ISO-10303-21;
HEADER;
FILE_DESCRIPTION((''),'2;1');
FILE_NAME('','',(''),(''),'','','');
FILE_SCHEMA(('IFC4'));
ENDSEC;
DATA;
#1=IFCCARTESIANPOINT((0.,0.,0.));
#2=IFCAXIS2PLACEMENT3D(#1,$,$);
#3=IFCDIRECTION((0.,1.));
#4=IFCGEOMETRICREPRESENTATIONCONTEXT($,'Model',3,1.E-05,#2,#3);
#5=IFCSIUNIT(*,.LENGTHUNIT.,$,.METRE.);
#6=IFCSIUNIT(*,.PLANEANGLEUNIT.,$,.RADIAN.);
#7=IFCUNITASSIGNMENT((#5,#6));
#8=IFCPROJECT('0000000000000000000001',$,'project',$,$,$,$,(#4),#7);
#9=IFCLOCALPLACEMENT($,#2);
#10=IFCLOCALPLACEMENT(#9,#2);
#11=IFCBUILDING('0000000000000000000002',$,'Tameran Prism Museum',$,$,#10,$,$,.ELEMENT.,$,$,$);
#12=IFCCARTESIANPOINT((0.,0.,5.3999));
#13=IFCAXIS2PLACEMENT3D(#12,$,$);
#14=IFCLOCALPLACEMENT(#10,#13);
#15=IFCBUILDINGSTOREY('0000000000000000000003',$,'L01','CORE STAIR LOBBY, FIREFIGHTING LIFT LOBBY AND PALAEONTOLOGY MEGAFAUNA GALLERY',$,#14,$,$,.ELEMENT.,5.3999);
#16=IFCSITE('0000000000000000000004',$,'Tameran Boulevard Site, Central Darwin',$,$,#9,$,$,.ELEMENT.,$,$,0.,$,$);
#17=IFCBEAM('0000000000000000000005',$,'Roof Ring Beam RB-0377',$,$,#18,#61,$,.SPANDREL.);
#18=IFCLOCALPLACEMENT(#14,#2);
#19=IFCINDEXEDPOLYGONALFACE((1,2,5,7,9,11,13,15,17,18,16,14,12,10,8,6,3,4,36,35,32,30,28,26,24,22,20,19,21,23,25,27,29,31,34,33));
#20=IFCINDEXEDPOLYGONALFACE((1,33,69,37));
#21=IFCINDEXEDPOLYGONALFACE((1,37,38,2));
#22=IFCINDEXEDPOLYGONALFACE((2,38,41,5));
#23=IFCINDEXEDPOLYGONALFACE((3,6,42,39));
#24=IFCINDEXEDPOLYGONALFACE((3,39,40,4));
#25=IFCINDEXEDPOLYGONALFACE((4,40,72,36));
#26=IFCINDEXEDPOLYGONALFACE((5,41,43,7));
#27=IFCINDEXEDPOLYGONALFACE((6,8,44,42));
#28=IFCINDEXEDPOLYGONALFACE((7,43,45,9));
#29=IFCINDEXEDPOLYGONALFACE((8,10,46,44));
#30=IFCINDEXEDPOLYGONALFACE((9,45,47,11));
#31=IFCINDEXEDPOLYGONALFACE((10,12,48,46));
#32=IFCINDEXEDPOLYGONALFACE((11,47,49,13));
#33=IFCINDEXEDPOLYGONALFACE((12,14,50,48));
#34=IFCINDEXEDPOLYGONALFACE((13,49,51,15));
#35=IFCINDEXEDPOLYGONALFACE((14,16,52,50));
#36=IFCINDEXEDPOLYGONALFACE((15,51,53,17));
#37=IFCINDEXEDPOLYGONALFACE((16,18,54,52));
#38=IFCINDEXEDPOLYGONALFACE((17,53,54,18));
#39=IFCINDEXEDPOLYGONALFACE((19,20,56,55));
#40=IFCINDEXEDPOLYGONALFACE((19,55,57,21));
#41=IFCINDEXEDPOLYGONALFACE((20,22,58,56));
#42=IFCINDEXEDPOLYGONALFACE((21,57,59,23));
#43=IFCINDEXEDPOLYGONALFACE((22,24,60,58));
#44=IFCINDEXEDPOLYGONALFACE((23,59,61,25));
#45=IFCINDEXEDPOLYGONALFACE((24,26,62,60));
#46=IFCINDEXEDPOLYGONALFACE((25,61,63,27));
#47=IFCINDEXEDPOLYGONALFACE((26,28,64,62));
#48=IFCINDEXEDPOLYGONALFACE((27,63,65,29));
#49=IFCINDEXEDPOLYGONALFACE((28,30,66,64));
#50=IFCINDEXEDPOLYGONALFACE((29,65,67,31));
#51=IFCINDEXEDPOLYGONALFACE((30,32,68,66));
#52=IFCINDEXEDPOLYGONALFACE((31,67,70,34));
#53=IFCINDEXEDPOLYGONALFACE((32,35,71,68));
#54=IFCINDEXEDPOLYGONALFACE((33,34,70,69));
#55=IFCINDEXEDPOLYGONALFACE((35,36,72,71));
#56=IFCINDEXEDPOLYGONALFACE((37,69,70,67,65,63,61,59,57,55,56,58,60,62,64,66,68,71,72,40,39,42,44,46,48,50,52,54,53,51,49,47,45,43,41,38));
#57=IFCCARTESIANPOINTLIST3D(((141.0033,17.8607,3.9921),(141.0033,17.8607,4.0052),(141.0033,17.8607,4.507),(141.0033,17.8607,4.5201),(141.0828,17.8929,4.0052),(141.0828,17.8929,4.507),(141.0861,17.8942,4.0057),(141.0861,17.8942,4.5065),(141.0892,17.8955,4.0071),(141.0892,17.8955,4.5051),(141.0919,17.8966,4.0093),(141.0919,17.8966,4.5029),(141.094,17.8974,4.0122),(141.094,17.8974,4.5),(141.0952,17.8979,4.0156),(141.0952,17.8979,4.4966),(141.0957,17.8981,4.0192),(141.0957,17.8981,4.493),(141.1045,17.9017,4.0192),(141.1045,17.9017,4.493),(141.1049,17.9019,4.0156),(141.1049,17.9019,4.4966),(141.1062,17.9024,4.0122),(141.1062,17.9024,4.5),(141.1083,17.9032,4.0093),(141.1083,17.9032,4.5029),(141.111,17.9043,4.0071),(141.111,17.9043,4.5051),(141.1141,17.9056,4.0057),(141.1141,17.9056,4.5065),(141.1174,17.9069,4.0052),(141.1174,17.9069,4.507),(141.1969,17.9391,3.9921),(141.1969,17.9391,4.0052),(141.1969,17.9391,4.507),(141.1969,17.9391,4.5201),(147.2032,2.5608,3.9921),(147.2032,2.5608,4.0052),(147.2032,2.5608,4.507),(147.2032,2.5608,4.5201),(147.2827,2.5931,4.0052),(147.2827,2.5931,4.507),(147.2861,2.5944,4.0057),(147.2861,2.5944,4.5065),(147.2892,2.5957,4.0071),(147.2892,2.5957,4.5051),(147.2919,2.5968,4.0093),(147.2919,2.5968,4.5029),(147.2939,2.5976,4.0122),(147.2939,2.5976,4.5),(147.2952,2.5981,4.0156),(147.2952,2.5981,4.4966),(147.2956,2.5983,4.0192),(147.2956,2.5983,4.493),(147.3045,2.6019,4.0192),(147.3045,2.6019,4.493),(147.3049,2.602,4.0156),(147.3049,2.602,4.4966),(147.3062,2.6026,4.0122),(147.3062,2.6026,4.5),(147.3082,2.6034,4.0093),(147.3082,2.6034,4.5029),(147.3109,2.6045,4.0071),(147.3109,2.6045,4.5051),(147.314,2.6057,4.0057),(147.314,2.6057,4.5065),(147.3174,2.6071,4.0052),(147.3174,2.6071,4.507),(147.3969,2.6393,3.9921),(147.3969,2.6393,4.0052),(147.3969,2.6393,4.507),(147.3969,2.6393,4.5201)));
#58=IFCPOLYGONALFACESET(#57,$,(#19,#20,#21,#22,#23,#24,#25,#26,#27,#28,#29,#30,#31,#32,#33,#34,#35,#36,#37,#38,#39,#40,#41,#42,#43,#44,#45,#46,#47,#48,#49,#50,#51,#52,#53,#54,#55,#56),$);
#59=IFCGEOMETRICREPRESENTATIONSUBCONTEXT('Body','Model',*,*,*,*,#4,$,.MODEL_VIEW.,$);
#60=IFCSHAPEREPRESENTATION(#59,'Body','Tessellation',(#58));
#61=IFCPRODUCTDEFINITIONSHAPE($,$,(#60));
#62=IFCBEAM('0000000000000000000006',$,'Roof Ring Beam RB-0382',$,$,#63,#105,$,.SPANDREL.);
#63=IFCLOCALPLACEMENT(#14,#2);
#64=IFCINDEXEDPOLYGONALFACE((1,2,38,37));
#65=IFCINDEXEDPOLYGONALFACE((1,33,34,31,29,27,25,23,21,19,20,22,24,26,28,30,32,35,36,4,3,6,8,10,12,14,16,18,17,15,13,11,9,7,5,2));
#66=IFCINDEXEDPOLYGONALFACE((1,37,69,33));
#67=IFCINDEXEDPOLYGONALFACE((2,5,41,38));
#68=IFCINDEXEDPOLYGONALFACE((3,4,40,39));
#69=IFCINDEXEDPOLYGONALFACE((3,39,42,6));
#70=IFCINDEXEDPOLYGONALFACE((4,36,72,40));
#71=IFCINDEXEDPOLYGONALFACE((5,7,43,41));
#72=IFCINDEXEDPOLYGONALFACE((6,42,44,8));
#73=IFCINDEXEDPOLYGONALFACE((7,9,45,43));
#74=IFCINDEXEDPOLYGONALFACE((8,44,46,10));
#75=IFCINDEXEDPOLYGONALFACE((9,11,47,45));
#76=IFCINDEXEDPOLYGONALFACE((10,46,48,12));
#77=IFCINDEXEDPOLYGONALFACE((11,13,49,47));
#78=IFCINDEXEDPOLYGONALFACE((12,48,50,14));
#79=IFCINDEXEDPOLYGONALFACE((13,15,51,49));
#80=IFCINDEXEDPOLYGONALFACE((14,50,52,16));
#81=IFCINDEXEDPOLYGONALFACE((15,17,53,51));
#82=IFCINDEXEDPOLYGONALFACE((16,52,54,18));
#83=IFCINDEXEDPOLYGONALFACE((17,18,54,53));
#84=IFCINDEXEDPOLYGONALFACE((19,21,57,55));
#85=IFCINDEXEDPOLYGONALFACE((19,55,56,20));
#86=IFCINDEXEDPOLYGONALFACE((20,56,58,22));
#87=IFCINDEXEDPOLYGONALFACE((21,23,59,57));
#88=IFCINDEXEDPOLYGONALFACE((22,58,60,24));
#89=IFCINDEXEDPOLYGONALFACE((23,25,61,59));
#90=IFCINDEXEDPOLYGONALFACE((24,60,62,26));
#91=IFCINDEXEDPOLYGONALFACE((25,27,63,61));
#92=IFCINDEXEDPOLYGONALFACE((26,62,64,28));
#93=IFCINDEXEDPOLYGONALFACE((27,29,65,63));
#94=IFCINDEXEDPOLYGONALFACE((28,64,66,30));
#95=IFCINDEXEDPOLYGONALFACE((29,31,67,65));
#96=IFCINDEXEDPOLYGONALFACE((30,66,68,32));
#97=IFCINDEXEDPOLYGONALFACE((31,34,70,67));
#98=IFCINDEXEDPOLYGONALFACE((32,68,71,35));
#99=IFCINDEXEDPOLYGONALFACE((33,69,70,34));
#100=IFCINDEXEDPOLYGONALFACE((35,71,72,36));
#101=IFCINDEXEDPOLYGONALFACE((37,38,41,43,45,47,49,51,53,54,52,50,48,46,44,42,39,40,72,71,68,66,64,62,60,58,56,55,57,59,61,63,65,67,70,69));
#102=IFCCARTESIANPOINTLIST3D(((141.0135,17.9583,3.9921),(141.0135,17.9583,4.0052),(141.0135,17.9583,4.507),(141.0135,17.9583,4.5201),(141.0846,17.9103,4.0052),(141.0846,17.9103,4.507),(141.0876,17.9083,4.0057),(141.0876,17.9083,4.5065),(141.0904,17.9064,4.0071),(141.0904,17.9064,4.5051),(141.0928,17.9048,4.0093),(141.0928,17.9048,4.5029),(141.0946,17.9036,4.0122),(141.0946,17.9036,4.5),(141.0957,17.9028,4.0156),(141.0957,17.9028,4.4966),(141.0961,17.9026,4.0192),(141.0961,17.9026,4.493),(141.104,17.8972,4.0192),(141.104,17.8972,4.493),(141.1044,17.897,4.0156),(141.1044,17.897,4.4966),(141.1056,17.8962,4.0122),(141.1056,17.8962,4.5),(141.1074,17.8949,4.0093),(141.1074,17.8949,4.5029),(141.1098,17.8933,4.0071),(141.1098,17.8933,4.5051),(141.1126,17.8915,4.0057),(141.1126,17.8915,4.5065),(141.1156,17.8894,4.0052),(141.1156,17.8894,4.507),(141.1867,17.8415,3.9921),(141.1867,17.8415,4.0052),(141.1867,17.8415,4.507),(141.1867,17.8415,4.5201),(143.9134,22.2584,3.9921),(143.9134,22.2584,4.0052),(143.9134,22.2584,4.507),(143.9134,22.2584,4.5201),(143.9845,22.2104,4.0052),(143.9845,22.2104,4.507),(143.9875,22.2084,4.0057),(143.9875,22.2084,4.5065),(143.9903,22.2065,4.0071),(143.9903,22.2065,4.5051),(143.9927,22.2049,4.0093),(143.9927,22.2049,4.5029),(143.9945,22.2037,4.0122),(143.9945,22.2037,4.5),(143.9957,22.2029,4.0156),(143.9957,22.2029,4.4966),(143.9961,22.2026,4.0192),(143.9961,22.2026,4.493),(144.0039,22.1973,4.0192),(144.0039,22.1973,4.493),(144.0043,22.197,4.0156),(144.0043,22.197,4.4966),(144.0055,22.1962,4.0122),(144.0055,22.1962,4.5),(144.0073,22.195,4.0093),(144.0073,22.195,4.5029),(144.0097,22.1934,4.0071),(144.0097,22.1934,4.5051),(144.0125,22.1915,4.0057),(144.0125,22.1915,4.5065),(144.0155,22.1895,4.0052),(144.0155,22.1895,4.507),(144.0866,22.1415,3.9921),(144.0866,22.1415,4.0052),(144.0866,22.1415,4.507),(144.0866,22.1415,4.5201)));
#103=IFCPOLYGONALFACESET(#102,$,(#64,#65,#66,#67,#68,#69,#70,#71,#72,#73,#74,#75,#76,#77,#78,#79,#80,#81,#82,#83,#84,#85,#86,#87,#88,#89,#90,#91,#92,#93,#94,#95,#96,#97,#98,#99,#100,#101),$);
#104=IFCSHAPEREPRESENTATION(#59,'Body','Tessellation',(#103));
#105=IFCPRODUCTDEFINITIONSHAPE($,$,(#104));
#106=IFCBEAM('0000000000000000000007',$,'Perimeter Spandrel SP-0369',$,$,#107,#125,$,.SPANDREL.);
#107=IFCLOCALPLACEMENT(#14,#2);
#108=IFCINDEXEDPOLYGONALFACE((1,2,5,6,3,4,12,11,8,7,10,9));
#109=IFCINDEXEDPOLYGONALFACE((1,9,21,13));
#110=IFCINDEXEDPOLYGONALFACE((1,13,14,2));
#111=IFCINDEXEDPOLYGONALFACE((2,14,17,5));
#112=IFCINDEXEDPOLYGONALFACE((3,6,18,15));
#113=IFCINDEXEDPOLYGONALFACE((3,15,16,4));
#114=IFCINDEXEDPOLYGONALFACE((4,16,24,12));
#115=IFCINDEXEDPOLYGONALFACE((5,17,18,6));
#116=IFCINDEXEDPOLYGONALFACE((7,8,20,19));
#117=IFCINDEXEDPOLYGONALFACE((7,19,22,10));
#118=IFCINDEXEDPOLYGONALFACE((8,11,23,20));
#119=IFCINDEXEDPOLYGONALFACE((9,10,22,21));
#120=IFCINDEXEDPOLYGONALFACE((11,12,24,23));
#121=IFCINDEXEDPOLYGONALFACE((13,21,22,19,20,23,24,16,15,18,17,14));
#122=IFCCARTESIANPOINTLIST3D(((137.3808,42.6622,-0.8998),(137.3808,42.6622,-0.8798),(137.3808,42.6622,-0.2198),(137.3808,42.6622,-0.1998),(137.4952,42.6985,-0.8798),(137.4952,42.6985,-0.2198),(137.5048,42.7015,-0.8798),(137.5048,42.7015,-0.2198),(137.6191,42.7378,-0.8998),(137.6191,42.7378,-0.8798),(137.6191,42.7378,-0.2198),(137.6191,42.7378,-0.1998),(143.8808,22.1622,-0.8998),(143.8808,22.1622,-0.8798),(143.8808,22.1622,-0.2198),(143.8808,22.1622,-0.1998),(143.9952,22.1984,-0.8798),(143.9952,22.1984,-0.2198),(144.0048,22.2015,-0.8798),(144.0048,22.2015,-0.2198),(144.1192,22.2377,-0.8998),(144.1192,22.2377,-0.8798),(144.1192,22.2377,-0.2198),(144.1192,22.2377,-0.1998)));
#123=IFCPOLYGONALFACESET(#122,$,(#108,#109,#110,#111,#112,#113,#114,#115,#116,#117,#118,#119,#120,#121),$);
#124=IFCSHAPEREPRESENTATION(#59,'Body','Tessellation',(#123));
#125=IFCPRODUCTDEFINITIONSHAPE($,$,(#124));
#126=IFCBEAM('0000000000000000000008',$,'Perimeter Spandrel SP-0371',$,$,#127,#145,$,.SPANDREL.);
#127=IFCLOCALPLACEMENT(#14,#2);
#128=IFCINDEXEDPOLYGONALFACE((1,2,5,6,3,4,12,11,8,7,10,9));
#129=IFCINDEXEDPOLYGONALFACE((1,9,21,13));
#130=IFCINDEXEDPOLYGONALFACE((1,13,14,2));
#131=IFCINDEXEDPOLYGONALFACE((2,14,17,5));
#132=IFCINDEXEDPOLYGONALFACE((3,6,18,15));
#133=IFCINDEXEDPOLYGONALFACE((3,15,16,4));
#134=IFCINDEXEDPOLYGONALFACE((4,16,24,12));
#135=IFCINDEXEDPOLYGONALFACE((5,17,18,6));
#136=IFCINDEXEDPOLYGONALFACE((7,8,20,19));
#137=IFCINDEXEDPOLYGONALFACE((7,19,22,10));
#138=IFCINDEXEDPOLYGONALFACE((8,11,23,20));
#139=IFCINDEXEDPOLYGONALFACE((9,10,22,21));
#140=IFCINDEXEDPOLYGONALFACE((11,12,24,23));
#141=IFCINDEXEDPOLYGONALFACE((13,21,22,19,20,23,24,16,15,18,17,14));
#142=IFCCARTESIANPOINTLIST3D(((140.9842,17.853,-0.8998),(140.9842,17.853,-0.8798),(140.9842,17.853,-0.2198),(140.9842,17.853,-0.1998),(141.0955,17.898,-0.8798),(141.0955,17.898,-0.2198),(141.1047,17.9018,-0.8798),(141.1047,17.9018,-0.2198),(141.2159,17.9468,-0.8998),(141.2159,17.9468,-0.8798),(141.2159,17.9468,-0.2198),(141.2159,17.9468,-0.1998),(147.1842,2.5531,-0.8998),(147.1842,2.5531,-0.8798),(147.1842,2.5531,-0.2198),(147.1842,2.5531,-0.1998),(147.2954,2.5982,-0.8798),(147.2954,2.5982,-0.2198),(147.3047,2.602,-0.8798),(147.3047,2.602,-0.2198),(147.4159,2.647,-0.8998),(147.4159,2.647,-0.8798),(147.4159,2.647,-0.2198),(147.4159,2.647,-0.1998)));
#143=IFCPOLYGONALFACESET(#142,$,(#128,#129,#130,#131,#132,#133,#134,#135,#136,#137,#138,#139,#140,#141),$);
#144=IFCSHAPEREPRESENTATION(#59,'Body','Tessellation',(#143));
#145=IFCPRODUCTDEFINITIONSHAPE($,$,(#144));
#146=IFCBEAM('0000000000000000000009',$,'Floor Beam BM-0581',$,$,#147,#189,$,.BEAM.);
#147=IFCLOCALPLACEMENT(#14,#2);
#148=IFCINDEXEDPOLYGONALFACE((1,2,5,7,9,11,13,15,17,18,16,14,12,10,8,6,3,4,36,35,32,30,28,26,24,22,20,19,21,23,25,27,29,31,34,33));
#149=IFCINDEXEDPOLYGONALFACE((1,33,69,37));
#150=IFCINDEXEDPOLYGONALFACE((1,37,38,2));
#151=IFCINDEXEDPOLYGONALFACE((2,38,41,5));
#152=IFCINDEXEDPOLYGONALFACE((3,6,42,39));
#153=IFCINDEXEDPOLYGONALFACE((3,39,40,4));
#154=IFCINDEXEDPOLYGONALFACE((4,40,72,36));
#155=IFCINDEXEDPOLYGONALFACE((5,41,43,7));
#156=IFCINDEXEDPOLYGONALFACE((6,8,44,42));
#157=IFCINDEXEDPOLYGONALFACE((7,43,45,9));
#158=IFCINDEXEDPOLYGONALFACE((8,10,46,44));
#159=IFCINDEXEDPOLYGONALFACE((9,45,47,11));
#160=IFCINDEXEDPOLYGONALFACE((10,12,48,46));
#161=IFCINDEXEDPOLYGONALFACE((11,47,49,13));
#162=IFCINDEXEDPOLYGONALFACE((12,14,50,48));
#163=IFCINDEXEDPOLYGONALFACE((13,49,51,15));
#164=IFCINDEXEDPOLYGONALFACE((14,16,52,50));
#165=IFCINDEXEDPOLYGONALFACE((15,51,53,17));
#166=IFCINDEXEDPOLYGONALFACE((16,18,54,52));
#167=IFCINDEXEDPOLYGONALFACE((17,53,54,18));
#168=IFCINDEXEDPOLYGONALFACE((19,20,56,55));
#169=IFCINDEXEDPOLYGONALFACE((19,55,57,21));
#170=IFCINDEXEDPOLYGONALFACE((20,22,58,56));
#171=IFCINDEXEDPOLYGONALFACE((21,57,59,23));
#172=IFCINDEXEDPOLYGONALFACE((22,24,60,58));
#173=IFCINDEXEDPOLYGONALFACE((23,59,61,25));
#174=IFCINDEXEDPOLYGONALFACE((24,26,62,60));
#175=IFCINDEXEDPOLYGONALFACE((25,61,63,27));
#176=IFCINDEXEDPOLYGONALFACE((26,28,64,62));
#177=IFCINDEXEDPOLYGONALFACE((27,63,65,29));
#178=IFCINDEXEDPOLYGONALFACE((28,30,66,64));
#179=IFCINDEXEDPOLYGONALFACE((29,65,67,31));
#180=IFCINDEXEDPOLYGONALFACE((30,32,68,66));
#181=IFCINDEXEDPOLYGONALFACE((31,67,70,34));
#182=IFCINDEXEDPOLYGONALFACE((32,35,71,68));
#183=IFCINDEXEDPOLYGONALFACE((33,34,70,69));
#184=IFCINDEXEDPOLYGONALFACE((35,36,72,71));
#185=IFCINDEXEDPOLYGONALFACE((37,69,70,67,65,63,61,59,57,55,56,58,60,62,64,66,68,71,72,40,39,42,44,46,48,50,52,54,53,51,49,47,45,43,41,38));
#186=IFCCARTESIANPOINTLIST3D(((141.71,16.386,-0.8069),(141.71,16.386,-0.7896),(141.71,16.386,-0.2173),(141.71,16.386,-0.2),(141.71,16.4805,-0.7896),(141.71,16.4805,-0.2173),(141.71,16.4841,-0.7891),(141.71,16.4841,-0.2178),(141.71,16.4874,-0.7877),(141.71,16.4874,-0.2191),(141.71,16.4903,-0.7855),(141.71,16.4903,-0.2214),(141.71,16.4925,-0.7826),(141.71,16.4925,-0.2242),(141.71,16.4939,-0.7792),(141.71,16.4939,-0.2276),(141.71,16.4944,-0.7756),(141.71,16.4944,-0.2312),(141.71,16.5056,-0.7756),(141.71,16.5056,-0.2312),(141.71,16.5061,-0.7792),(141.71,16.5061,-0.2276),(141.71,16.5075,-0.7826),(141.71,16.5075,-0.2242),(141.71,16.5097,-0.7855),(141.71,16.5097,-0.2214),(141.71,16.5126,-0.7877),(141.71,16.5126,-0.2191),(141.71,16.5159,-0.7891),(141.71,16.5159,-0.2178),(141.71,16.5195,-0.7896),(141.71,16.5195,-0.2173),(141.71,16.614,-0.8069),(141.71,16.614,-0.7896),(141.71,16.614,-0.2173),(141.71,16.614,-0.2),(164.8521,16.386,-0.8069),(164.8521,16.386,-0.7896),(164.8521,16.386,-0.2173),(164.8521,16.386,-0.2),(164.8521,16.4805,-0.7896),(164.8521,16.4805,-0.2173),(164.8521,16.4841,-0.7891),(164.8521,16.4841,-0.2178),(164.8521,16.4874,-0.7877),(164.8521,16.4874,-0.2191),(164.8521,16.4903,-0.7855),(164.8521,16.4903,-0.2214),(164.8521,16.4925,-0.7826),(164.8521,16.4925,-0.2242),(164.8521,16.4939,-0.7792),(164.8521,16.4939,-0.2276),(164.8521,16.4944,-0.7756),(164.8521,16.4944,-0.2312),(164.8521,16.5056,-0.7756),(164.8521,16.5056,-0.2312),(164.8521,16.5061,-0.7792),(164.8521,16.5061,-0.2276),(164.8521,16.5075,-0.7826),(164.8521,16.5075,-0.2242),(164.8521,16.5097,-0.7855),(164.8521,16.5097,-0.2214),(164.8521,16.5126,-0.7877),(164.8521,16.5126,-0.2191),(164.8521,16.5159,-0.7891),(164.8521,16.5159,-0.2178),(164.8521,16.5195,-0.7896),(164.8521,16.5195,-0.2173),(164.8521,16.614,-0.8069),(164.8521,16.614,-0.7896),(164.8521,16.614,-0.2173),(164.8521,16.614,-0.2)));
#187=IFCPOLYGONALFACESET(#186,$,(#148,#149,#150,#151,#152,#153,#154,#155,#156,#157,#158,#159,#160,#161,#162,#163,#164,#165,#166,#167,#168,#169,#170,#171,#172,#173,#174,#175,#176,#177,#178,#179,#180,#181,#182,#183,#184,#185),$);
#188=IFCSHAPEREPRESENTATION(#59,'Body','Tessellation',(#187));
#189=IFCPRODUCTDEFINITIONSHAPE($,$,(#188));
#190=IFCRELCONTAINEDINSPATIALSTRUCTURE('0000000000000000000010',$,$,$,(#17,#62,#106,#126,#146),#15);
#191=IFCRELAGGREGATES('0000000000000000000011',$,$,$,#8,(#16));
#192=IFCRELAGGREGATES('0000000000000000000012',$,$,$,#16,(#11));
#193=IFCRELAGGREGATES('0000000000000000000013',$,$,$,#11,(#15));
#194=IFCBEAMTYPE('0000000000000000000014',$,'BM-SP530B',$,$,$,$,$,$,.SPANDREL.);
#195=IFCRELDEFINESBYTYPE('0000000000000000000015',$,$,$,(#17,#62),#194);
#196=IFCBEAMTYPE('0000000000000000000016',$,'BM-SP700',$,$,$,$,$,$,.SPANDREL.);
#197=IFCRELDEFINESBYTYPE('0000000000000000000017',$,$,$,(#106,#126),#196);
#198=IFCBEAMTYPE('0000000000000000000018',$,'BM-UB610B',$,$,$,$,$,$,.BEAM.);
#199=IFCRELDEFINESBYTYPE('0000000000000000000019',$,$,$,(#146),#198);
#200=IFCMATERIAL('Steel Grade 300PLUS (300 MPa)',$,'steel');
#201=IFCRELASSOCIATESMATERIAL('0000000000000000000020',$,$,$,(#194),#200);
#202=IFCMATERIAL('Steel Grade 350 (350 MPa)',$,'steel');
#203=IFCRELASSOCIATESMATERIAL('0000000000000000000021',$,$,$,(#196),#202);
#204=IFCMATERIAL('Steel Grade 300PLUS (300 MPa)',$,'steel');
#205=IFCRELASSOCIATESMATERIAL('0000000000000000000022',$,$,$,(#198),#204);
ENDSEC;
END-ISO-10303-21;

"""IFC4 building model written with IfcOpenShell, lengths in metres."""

from ifc_helpers import new_model, si_unit, direction, frame, origin, origin_2d, place, context, subcontext, project, spatial, i_section, extrude, material, material_profile, profile_set, type_object, element, save


model = new_model("IFC4")

# Units and contexts
model_context = context("Model", 3, precision=1e-05, world=origin(), true_north=direction((0.0, 1.0)))
body_context = subcontext(model_context, "Body", "Model", "MODEL_VIEW")
ifc_project = project(units=[si_unit("LENGTHUNIT", "METRE"), si_unit("PLANEANGLEUNIT", "RADIAN")], contexts=[model_context])

# Site, building, storey
site_placement = place(None, origin())
site = spatial("IfcSite", under=ifc_project, at=site_placement, Name="Tameran Boulevard Site, Central Darwin", CompositionType="ELEMENT", RefElevation=0.0)
building_placement = place(site_placement, origin())
building = spatial("IfcBuilding", under=site, at=building_placement, Name="Tameran Prism Museum", CompositionType="ELEMENT")
storey_placement = place(building_placement, frame((0.0, 0.0, 5.3999)))
storey = spatial("IfcBuildingStorey", under=building, at=storey_placement, Name="L01", Description="CORE STAIR LOBBY, FIREFIGHTING LIFT LOBBY AND PALAEONTOLOGY MEGAFAUNA GALLERY", CompositionType="ELEMENT", Elevation=5.3999)

# Beams
ifc_material_1 = material(Name="Steel Grade 300PLUS (300 MPa)", Category="steel")
ifc_material_profile_1 = material_profile(ifc_material_1, i_section(OverallWidth=0.209, OverallDepth=0.5281, WebThickness=0.0095, FlangeThickness=0.0132, FilletRadius=0.0139, at=origin_2d()))
ifc_profile_set_1 = profile_set([ifc_material_profile_1])
beam_type_1 = type_object("IfcBeamType", Name="BM-SP530B", PredefinedType="SPANDREL", material=ifc_profile_set_1)
beam_1_placement = place(storey_placement, frame((141.1001, 17.8999, 4.2561), z_axis=(0.375566, -0.926796, 0.0), x_axis=(0.926796, 0.375566, 0.0)))
element("IfcBeam", 1, at=beam_1_placement, inside=storey, type_object=beam_type_1, Name="Roof Ring Beam RB-0377", PredefinedType="SPANDREL", context=body_context, shape_type="SweptSolid", body=[
    extrude(i_section(OverallWidth=0.209, OverallDepth=0.5281, WebThickness=0.0095, FlangeThickness=0.0132, FilletRadius=0.0139, at=origin_2d()), origin(), (0.0, 0.0, 1.0), 16.5083),
])
beam_2_placement = place(storey_placement, frame((144.0, 22.2, 4.2561), z_axis=(-0.559124, -0.829084, 0.0), x_axis=(0.829084, -0.559124, 0.0)))
element("IfcBeam", 2, at=beam_2_placement, inside=storey, type_object=beam_type_1, Name="Roof Ring Beam RB-0382", PredefinedType="SPANDREL", context=body_context, shape_type="SweptSolid", body=[
    extrude(i_section(OverallWidth=0.209, OverallDepth=0.5281, WebThickness=0.0095, FlangeThickness=0.0132, FilletRadius=0.0139, at=origin_2d()), origin(), (0.0, 0.0, 1.0), 5.1865),
])
ifc_material_2 = material(Name="Steel Grade 350 (350 MPa)", Category="steel")
ifc_material_profile_2 = material_profile(ifc_material_2, i_section(OverallWidth=0.25, OverallDepth=0.7, WebThickness=0.01, FlangeThickness=0.02, at=origin_2d()))
ifc_profile_set_2 = profile_set([ifc_material_profile_2])
beam_type_2 = type_object("IfcBeamType", Name="BM-SP700", PredefinedType="SPANDREL", material=ifc_profile_set_2)
beam_3_placement = place(storey_placement, frame((144.0, 22.2, -0.5498), z_axis=(-0.302244, 0.953231, 0.0), x_axis=(-0.953231, -0.302244, 0.0)))
element("IfcBeam", 3, at=beam_3_placement, inside=storey, type_object=beam_type_2, Name="Perimeter Spandrel SP-0369", PredefinedType="SPANDREL", context=body_context, shape_type="SweptSolid", body=[
    extrude(i_section(OverallWidth=0.25, OverallDepth=0.7, WebThickness=0.01, FlangeThickness=0.02, at=origin_2d()), origin(), (0.0, 0.0, 1.0), 21.5059),
])
beam_4_placement = place(storey_placement, frame((141.1001, 17.8999, -0.5498), z_axis=(0.375566, -0.926796, 0.0), x_axis=(0.926796, 0.375566, 0.0)))
element("IfcBeam", 4, at=beam_4_placement, inside=storey, type_object=beam_type_2, Name="Perimeter Spandrel SP-0371", PredefinedType="SPANDREL", context=body_context, shape_type="SweptSolid", body=[
    extrude(i_section(OverallWidth=0.25, OverallDepth=0.7, WebThickness=0.01, FlangeThickness=0.02, at=origin_2d()), origin(), (0.0, 0.0, 1.0), 16.5083),
])
ifc_material_3 = material(Name="Steel Grade 300PLUS (300 MPa)", Category="steel")
ifc_material_profile_3 = material_profile(ifc_material_3, i_section(OverallWidth=0.228, OverallDepth=0.6069, WebThickness=0.0112, FlangeThickness=0.0173, FilletRadius=0.0139, at=origin_2d()))
ifc_profile_set_3 = profile_set([ifc_material_profile_3])
beam_type_3 = type_object("IfcBeamType", Name="BM-UB610B", PredefinedType="BEAM", material=ifc_profile_set_3)
beam_5_placement = place(storey_placement, frame((141.71, 16.5, -0.5034), z_axis=(1.0, 0.0, 0.0), x_axis=(0.0, 1.0, 0.0)))
element("IfcBeam", 5, at=beam_5_placement, inside=storey, type_object=beam_type_3, Name="Floor Beam BM-0581", PredefinedType="BEAM", context=body_context, shape_type="SweptSolid", body=[
    extrude(i_section(OverallWidth=0.228, OverallDepth=0.6069, WebThickness=0.0112, FlangeThickness=0.0173, FilletRadius=0.0139, at=origin_2d()), origin(), (0.0, 0.0, 1.0), 23.1421),
])

save(model, "model.ifc")
